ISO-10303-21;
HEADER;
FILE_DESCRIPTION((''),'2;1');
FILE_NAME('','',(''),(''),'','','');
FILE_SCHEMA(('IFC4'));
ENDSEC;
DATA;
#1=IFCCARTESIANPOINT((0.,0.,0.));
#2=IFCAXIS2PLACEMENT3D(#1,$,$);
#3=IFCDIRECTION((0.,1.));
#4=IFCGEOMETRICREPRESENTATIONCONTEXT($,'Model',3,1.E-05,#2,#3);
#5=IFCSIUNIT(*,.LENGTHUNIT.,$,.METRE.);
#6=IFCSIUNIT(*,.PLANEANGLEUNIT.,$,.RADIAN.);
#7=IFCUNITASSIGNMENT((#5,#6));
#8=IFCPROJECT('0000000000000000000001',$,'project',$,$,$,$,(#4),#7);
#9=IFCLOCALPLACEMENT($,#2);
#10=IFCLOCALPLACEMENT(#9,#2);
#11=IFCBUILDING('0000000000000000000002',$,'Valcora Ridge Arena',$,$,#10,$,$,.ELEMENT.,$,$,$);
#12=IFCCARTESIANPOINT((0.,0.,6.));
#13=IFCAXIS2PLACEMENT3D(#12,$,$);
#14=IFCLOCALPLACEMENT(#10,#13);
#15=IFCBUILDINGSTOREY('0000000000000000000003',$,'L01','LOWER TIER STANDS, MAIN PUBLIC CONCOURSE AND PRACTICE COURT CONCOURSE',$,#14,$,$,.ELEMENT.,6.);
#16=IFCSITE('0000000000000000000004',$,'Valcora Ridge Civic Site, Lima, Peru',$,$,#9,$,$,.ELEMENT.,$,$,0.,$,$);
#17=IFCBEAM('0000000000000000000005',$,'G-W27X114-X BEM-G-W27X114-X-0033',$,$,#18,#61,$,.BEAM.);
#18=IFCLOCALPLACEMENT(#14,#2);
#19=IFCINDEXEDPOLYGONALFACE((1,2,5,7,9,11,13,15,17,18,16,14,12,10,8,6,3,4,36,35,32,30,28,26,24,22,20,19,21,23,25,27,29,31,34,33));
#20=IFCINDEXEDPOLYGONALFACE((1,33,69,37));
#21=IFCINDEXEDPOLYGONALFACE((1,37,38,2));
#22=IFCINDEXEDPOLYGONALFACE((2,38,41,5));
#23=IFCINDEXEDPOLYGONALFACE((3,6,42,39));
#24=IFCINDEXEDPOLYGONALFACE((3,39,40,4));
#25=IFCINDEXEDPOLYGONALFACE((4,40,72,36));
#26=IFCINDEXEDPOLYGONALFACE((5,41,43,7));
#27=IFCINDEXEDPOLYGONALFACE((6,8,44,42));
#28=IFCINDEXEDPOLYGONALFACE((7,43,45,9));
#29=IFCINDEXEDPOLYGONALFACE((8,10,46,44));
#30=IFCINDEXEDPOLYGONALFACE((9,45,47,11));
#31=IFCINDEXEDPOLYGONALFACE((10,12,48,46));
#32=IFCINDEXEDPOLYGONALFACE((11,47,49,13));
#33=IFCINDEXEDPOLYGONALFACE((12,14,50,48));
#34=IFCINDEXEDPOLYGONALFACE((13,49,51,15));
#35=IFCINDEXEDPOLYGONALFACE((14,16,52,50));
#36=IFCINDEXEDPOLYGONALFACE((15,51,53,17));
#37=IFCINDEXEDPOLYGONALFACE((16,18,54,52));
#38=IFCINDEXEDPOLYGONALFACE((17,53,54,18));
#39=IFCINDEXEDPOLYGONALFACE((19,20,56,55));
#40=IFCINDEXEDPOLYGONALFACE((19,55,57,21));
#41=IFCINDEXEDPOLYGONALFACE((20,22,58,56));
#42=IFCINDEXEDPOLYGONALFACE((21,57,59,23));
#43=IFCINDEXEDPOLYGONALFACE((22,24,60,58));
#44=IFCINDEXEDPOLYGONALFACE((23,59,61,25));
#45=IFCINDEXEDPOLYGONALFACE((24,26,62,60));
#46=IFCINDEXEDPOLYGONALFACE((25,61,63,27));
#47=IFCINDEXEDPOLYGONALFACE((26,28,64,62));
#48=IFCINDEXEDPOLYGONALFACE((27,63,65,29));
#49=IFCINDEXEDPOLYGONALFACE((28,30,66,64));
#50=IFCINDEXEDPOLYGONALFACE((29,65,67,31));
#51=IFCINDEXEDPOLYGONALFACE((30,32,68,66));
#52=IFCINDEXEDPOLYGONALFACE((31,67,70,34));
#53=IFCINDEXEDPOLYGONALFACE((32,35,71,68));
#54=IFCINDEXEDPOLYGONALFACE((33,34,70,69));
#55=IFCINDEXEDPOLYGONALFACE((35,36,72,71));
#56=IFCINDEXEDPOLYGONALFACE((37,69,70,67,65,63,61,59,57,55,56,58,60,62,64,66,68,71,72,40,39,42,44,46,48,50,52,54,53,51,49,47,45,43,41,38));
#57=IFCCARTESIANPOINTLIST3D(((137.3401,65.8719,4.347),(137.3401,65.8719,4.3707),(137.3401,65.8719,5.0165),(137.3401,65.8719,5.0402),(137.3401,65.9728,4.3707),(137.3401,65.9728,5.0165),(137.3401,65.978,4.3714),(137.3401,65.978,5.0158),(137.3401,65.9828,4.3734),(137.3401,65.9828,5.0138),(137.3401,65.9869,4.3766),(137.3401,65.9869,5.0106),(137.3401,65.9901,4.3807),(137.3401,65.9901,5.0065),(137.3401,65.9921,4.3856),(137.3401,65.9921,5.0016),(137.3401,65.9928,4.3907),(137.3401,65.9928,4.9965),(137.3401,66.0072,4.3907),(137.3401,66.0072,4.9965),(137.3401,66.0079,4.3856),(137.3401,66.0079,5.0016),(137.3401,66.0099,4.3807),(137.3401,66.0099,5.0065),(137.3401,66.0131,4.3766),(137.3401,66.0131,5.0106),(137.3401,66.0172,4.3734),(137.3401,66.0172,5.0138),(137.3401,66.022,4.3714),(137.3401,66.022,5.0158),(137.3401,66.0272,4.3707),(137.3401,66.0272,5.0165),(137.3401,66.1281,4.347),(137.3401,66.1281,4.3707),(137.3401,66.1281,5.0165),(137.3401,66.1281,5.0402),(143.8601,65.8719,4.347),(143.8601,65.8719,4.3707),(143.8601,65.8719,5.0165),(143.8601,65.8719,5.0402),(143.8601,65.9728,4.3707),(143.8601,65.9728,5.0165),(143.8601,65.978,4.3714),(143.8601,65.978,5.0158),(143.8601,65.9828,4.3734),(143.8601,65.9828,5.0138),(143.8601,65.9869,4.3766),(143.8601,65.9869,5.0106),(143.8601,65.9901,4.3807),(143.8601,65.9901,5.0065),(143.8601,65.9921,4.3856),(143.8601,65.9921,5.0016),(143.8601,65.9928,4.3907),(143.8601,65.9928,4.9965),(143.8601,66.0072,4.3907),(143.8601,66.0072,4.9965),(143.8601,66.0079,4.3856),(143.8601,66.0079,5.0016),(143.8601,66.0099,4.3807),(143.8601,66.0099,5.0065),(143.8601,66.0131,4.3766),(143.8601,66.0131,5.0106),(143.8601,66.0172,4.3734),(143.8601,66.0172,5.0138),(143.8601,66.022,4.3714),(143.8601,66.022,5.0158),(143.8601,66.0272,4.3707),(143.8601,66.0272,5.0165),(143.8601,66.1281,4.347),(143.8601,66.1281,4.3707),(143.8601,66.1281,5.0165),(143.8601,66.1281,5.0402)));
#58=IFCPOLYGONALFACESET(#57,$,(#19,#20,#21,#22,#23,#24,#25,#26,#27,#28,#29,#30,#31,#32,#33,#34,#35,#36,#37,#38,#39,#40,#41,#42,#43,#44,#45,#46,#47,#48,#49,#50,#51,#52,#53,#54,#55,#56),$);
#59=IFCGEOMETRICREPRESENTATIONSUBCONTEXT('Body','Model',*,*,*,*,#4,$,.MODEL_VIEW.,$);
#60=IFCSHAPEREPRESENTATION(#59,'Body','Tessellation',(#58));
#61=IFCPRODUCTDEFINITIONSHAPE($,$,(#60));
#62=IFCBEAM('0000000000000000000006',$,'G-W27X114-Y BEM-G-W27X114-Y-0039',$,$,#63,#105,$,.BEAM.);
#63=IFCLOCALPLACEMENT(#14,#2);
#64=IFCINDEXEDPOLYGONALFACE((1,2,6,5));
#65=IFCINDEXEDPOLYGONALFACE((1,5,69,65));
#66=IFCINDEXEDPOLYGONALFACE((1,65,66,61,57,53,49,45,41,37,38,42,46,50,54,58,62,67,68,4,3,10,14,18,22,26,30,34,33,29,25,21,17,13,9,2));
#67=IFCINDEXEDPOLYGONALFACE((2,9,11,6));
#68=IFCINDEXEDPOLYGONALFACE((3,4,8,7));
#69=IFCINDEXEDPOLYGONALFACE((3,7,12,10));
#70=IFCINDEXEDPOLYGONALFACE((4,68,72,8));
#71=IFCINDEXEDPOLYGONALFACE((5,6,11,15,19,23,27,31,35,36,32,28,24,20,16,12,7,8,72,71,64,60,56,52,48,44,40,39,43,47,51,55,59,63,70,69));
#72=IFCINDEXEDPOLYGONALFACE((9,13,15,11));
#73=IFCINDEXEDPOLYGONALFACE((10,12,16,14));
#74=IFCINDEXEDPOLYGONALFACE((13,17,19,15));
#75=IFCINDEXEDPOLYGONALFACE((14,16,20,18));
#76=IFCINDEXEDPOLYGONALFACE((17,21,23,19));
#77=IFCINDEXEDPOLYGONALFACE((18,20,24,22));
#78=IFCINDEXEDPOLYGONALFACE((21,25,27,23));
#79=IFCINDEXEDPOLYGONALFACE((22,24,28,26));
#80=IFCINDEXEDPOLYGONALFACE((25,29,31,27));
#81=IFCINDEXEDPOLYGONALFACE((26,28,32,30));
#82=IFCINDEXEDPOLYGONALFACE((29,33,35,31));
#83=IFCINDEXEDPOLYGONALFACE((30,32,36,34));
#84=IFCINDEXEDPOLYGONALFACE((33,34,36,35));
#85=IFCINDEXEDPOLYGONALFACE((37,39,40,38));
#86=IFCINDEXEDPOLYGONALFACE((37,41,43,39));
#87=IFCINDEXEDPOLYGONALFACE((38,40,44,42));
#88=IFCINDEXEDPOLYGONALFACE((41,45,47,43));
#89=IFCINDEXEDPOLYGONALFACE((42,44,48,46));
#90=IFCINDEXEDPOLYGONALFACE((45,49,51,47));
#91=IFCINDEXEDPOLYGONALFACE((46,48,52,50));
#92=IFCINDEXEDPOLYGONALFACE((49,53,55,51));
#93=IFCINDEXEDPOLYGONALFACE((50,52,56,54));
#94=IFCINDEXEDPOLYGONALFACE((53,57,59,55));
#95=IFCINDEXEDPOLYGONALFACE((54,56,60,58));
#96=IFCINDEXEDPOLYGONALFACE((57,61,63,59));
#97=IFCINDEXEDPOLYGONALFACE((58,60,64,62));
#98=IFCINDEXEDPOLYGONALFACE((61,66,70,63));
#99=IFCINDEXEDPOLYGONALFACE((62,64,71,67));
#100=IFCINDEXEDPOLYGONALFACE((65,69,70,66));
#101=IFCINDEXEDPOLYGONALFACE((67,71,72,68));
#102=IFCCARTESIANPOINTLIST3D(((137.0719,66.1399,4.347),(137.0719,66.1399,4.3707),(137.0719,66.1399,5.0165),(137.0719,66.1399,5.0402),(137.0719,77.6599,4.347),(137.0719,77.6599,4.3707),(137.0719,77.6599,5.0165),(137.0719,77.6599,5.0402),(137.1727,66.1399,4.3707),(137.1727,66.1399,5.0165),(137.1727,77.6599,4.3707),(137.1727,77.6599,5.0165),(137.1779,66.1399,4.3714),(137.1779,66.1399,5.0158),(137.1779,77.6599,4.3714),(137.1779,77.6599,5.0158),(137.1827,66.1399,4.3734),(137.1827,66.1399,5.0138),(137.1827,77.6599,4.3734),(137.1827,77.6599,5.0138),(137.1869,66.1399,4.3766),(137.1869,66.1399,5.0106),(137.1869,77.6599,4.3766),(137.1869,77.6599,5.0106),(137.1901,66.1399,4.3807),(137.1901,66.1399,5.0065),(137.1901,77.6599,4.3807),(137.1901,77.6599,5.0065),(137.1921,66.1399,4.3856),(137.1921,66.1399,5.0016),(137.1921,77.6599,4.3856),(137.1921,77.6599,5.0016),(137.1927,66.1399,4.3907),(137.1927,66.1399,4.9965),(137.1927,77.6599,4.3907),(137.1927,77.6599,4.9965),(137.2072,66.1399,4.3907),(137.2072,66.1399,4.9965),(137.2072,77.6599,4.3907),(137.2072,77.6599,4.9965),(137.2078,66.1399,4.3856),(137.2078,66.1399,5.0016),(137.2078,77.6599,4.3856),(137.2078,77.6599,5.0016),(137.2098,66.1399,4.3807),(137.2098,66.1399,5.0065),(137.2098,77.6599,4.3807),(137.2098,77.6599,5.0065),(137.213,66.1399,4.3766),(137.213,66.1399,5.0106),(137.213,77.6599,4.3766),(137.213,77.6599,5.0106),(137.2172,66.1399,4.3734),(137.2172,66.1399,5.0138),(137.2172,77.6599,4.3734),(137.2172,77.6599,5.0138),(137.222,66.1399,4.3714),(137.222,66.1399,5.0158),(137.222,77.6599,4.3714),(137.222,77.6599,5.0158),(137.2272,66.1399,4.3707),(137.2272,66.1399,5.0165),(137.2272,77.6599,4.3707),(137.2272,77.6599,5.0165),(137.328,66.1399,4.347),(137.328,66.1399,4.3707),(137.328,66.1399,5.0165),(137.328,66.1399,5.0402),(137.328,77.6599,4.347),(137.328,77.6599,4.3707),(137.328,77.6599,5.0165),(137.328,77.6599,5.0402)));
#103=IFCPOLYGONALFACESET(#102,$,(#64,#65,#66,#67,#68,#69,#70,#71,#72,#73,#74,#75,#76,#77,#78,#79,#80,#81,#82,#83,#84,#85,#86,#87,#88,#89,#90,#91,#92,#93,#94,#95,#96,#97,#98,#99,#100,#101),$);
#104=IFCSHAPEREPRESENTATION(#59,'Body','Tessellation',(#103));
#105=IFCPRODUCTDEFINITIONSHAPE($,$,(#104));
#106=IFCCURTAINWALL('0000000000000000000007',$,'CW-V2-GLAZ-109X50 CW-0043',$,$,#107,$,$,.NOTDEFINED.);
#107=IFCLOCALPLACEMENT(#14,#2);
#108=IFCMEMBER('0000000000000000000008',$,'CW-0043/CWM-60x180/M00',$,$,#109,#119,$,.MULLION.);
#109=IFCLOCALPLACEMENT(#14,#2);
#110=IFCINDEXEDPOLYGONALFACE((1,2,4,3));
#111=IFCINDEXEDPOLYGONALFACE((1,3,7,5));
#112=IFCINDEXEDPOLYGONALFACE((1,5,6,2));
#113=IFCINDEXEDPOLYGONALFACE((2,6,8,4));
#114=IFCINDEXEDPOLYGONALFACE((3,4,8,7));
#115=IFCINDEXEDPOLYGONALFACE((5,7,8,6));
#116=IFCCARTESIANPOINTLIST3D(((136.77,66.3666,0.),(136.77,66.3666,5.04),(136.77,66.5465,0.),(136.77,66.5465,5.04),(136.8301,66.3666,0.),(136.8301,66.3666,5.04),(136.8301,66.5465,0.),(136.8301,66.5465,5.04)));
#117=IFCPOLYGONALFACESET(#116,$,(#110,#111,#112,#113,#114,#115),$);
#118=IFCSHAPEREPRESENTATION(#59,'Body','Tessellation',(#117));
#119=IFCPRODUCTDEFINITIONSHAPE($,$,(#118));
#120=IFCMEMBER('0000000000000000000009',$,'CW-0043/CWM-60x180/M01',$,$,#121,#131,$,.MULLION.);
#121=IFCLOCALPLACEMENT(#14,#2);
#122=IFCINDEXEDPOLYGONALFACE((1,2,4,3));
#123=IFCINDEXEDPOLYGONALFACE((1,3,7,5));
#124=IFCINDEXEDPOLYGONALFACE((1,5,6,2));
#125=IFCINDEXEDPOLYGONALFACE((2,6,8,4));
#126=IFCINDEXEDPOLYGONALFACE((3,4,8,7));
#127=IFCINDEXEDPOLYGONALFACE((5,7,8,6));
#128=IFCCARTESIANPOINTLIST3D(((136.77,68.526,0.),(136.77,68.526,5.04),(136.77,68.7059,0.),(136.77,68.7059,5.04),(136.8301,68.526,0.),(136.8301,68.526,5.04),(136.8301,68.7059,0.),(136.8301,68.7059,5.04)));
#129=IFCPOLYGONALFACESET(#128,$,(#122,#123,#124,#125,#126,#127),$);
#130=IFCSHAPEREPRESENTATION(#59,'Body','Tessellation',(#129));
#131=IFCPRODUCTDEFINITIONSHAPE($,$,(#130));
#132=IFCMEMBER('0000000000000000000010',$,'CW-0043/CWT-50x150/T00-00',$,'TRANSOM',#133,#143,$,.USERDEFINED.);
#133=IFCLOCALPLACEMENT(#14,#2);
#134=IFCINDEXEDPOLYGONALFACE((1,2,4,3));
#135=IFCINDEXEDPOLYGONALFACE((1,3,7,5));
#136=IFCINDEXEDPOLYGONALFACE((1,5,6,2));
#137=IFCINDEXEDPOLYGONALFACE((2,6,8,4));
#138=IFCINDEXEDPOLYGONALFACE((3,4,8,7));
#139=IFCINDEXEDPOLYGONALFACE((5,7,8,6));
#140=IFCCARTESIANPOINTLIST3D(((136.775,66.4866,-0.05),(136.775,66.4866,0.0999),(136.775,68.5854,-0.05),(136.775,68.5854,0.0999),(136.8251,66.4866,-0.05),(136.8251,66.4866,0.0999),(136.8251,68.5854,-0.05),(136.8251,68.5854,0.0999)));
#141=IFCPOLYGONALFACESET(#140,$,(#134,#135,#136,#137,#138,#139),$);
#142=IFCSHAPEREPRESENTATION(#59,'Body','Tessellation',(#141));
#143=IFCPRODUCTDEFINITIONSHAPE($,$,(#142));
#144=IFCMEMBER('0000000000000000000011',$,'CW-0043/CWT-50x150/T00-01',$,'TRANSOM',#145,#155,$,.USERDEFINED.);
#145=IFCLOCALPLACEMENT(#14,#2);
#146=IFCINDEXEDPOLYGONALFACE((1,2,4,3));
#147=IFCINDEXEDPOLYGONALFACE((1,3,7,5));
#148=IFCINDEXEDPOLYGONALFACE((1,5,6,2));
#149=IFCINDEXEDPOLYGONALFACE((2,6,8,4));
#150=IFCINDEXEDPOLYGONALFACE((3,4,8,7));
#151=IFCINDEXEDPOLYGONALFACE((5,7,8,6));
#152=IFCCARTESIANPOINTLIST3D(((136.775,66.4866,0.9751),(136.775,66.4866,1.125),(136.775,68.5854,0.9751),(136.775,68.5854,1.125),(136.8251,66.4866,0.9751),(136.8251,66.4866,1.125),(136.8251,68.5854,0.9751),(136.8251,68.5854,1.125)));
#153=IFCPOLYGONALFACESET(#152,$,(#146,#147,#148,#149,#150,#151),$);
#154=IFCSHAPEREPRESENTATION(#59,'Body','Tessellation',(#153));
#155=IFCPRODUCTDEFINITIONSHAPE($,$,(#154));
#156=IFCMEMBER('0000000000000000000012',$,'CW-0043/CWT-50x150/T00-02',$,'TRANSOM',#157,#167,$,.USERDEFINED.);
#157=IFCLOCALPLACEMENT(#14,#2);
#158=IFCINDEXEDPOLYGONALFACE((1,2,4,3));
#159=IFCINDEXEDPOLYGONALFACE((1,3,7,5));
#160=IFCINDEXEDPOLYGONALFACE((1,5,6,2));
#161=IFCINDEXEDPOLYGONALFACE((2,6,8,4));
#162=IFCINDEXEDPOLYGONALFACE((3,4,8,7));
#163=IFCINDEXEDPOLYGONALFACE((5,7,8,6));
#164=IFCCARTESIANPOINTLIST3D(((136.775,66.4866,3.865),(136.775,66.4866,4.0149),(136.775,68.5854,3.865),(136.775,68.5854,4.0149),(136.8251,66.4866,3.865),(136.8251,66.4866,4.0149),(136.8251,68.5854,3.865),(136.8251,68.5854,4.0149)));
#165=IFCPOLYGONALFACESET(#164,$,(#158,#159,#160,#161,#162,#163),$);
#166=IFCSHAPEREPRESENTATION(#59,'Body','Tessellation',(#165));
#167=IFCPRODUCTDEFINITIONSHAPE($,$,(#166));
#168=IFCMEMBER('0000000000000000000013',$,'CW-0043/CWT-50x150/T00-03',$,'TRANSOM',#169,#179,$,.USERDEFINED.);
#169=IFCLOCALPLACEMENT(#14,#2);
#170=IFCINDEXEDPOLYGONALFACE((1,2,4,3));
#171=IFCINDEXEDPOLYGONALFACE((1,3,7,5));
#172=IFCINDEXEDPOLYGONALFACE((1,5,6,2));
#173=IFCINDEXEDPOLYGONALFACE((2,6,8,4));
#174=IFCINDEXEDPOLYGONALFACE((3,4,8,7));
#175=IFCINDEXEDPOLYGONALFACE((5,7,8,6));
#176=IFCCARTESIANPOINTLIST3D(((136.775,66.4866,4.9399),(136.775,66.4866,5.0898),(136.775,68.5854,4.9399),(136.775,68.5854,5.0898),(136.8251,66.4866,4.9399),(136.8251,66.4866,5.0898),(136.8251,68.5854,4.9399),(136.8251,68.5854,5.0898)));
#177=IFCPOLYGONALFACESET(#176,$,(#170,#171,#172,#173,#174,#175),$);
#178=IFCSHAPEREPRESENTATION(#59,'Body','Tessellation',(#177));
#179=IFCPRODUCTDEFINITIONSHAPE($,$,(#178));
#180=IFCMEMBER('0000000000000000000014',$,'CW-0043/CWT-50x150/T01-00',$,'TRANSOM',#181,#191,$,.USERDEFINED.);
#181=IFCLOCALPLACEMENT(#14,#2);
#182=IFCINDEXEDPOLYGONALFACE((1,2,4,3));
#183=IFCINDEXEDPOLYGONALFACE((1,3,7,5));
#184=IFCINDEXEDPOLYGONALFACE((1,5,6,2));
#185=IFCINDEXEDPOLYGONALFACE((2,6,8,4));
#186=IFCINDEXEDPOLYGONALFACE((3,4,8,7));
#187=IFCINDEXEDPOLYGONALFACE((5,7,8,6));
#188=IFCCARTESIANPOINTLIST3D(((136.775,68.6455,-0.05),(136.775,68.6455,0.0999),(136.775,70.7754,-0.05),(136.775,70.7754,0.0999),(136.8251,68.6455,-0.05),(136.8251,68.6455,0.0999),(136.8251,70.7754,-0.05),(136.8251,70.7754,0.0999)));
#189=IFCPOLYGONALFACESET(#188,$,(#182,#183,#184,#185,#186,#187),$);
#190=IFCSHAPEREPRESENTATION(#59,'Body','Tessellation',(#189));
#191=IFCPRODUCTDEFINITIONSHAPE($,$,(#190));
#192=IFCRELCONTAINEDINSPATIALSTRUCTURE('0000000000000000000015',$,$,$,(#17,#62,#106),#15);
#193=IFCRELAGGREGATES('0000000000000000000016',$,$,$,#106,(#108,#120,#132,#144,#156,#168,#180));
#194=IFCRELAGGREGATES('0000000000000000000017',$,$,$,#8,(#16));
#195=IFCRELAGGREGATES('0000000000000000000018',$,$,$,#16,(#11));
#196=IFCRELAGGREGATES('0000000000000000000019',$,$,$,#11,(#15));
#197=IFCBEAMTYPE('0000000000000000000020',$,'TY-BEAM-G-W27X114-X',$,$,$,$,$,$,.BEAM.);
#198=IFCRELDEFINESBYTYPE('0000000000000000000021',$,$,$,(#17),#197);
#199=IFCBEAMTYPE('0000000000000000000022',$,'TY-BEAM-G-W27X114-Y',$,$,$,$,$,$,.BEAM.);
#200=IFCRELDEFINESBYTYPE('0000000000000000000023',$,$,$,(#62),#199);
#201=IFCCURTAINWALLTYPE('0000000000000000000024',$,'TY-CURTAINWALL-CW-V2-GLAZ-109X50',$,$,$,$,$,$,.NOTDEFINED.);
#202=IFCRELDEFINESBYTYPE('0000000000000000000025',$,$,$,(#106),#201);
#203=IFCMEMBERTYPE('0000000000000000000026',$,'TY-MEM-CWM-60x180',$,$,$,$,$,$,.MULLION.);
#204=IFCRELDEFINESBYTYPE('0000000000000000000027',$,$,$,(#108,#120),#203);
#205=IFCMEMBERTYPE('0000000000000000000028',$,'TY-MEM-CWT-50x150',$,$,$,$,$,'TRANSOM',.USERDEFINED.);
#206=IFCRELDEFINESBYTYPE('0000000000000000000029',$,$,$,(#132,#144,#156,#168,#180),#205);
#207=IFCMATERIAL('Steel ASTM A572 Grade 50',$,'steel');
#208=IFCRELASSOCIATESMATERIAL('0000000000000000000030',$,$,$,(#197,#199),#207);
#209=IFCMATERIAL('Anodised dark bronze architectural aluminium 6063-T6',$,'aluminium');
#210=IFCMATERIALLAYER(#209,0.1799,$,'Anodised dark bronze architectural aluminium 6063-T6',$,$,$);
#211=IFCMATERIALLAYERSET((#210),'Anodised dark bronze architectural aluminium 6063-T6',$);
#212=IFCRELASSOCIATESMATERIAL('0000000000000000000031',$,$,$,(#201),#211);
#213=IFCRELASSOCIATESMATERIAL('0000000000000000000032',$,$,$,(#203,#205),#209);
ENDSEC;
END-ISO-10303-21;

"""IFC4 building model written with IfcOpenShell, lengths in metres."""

from ifc_helpers import new_model, si_unit, direction, frame, origin, origin_2d, place, context, subcontext, project, spatial, rectangle, i_section, extrude, material, layer, layer_set, material_profile, profile_set, type_object, element, aggregate, save


model = new_model("IFC4")

# Units and contexts
model_context = context("Model", 3, precision=1e-05, world=origin(), true_north=direction((0.0, 1.0)))
body_context = subcontext(model_context, "Body", "Model", "MODEL_VIEW")
ifc_project = project(units=[si_unit("LENGTHUNIT", "METRE"), si_unit("PLANEANGLEUNIT", "RADIAN")], contexts=[model_context])

# Site, building, storey
site_placement = place(None, origin())
site = spatial("IfcSite", under=ifc_project, at=site_placement, Name="Valcora Ridge Civic Site, Lima, Peru", CompositionType="ELEMENT", RefElevation=0.0)
building_placement = place(site_placement, origin())
building = spatial("IfcBuilding", under=site, at=building_placement, Name="Valcora Ridge Arena", CompositionType="ELEMENT")
storey_placement = place(building_placement, frame((0.0, 0.0, 6.0)))
storey = spatial("IfcBuildingStorey", under=building, at=storey_placement, Name="L01", Description="LOWER TIER STANDS, MAIN PUBLIC CONCOURSE AND PRACTICE COURT CONCOURSE", CompositionType="ELEMENT", Elevation=6.0)

# Beams
ifc_material_1 = material(Name="Steel ASTM A572 Grade 50", Category="steel")
ifc_material_profile_1 = material_profile(ifc_material_1, i_section(OverallWidth=0.2561, OverallDepth=0.6931, WebThickness=0.0144, FlangeThickness=0.0237, FilletRadius=0.02, at=origin_2d()), Name="W27X114")
ifc_profile_set_1 = profile_set([ifc_material_profile_1], Name="Steel ASTM A572 Grade 50")
beam_type_1 = type_object("IfcBeamType", Name="TY-BEAM-G-W27X114-X", PredefinedType="BEAM", material=ifc_profile_set_1)
beam_1_placement = place(storey_placement, frame((137.3401, 66.0, 4.6936), z_axis=(1.0, 0.0, 0.0), x_axis=(0.0, 1.0, 0.0)))
element("IfcBeam", 1, at=beam_1_placement, inside=storey, type_object=beam_type_1, Name="G-W27X114-X BEM-G-W27X114-X-0033", PredefinedType="BEAM", context=body_context, shape_type="SweptSolid", body=[
    extrude(i_section(OverallWidth=0.2561, OverallDepth=0.6931, WebThickness=0.0144, FlangeThickness=0.0237, FilletRadius=0.02, at=origin_2d()), origin(), (0.0, 0.0, 1.0), 6.52),
])
ifc_material_profile_2 = material_profile(ifc_material_1, i_section(OverallWidth=0.2561, OverallDepth=0.6931, WebThickness=0.0144, FlangeThickness=0.0237, FilletRadius=0.02, at=origin_2d()), Name="W27X114")
ifc_profile_set_2 = profile_set([ifc_material_profile_2], Name="Steel ASTM A572 Grade 50")
beam_type_2 = type_object("IfcBeamType", Name="TY-BEAM-G-W27X114-Y", PredefinedType="BEAM", material=ifc_profile_set_2)
beam_2_placement = place(storey_placement, frame((137.2, 66.1399, 4.6936), z_axis=(0.0, 1.0, 0.0), x_axis=(-1.0, 0.0, 0.0)))
element("IfcBeam", 2, at=beam_2_placement, inside=storey, type_object=beam_type_2, Name="G-W27X114-Y BEM-G-W27X114-Y-0039", PredefinedType="BEAM", context=body_context, shape_type="SweptSolid", body=[
    extrude(i_section(OverallWidth=0.2561, OverallDepth=0.6931, WebThickness=0.0144, FlangeThickness=0.0237, FilletRadius=0.02, at=origin_2d()), origin(), (0.0, 0.0, 1.0), 11.52),
])

# Curtain wall, members
ifc_material_2 = material(Name="Anodised dark bronze architectural aluminium 6063-T6", Category="aluminium")
ifc_layer_1 = layer(ifc_material_2, 0.1799, Name="Anodised dark bronze architectural aluminium 6063-T6")
ifc_layer_set_1 = layer_set([ifc_layer_1], Name="Anodised dark bronze architectural aluminium 6063-T6")
curtain_wall_type = type_object("IfcCurtainWallType", Name="TY-CURTAINWALL-CW-V2-GLAZ-109X50", PredefinedType="NOTDEFINED", material=ifc_layer_set_1)
curtain_wall_placement = place(storey_placement, origin())
curtain_wall = element("IfcCurtainWall", 3, at=curtain_wall_placement, inside=storey, type_object=curtain_wall_type, Name="CW-V2-GLAZ-109X50 CW-0043", PredefinedType="NOTDEFINED")
ifc_material_profile_3 = material_profile(ifc_material_2, rectangle(XDim=0.0601, YDim=0.1799, at=origin_2d()), Name="ALU MULLION 60x180")
ifc_profile_set_3 = profile_set([ifc_material_profile_3], Name="Anodised dark bronze architectural aluminium 6063-T6")
member_type_1 = type_object("IfcMemberType", Name="TY-MEM-CWM-60x180", PredefinedType="MULLION", material=ifc_profile_set_3)
member_1_placement = place(storey_placement, frame((136.8, 66.4565, 0.0), z_axis=(0.0, 0.0, 1.0), x_axis=(-1.0, 0.0, 0.0)))
member_1 = element("IfcMember", 4, at=member_1_placement, type_object=member_type_1, Name="CW-0043/CWM-60x180/M00", PredefinedType="MULLION", context=body_context, shape_type="SweptSolid", body=[
    extrude(rectangle(XDim=0.0601, YDim=0.1799, at=origin_2d()), origin(), (0.0, 0.0, 1.0), 5.04),
])
member_2_placement = place(storey_placement, frame((136.8, 68.616, 0.0), z_axis=(0.0, 0.0, 1.0), x_axis=(-1.0, 0.0, 0.0)))
member_2 = element("IfcMember", 5, at=member_2_placement, type_object=member_type_1, Name="CW-0043/CWM-60x180/M01", PredefinedType="MULLION", context=body_context, shape_type="SweptSolid", body=[
    extrude(rectangle(XDim=0.0601, YDim=0.1799, at=origin_2d()), origin(), (0.0, 0.0, 1.0), 5.04),
])
ifc_material_profile_4 = material_profile(ifc_material_2, rectangle(XDim=0.05, YDim=0.1499, at=origin_2d()), Name="ALU TRANSOM 50x150")
ifc_profile_set_4 = profile_set([ifc_material_profile_4], Name="Anodised dark bronze architectural aluminium 6063-T6")
member_type_2 = type_object("IfcMemberType", Name="TY-MEM-CWT-50x150", ElementType="TRANSOM", PredefinedType="USERDEFINED", material=ifc_profile_set_4)
member_3_placement = place(storey_placement, frame((136.8, 66.4866, 0.0249), z_axis=(0.0, 1.0, 0.0), x_axis=(-1.0, 0.0, 0.0)))
member_3 = element("IfcMember", 6, at=member_3_placement, type_object=member_type_2, Name="CW-0043/CWT-50x150/T00-00", ObjectType="TRANSOM", PredefinedType="USERDEFINED", context=body_context, shape_type="SweptSolid", body=[
    extrude(rectangle(XDim=0.05, YDim=0.1499, at=origin_2d()), origin(), (0.0, 0.0, 1.0), 2.0989),
])
member_4_placement = place(storey_placement, frame((136.8, 66.4866, 1.05), z_axis=(0.0, 1.0, 0.0), x_axis=(-1.0, 0.0, 0.0)))
member_4 = element("IfcMember", 7, at=member_4_placement, type_object=member_type_2, Name="CW-0043/CWT-50x150/T00-01", ObjectType="TRANSOM", PredefinedType="USERDEFINED", context=body_context, shape_type="SweptSolid", body=[
    extrude(rectangle(XDim=0.05, YDim=0.1499, at=origin_2d()), origin(), (0.0, 0.0, 1.0), 2.0989),
])
member_5_placement = place(storey_placement, frame((136.8, 66.4866, 3.9399), z_axis=(0.0, 1.0, 0.0), x_axis=(-1.0, 0.0, 0.0)))
member_5 = element("IfcMember", 8, at=member_5_placement, type_object=member_type_2, Name="CW-0043/CWT-50x150/T00-02", ObjectType="TRANSOM", PredefinedType="USERDEFINED", context=body_context, shape_type="SweptSolid", body=[
    extrude(rectangle(XDim=0.05, YDim=0.1499, at=origin_2d()), origin(), (0.0, 0.0, 1.0), 2.0989),
])
member_6_placement = place(storey_placement, frame((136.8, 66.4866, 5.0149), z_axis=(0.0, 1.0, 0.0), x_axis=(-1.0, 0.0, 0.0)))
member_6 = element("IfcMember", 9, at=member_6_placement, type_object=member_type_2, Name="CW-0043/CWT-50x150/T00-03", ObjectType="TRANSOM", PredefinedType="USERDEFINED", context=body_context, shape_type="SweptSolid", body=[
    extrude(rectangle(XDim=0.05, YDim=0.1499, at=origin_2d()), origin(), (0.0, 0.0, 1.0), 2.0989),
])
member_7_placement = place(storey_placement, frame((136.8, 68.6455, 0.0249), z_axis=(0.0, 1.0, 0.0), x_axis=(-1.0, 0.0, 0.0)))
member_7 = element("IfcMember", 10, at=member_7_placement, type_object=member_type_2, Name="CW-0043/CWT-50x150/T01-00", ObjectType="TRANSOM", PredefinedType="USERDEFINED", context=body_context, shape_type="SweptSolid", body=[
    extrude(rectangle(XDim=0.05, YDim=0.1499, at=origin_2d()), origin(), (0.0, 0.0, 1.0), 2.1299),
])
aggregate(curtain_wall, [member_1, member_2, member_3, member_4, member_5, member_6, member_7])

save(model, "model.ifc")
